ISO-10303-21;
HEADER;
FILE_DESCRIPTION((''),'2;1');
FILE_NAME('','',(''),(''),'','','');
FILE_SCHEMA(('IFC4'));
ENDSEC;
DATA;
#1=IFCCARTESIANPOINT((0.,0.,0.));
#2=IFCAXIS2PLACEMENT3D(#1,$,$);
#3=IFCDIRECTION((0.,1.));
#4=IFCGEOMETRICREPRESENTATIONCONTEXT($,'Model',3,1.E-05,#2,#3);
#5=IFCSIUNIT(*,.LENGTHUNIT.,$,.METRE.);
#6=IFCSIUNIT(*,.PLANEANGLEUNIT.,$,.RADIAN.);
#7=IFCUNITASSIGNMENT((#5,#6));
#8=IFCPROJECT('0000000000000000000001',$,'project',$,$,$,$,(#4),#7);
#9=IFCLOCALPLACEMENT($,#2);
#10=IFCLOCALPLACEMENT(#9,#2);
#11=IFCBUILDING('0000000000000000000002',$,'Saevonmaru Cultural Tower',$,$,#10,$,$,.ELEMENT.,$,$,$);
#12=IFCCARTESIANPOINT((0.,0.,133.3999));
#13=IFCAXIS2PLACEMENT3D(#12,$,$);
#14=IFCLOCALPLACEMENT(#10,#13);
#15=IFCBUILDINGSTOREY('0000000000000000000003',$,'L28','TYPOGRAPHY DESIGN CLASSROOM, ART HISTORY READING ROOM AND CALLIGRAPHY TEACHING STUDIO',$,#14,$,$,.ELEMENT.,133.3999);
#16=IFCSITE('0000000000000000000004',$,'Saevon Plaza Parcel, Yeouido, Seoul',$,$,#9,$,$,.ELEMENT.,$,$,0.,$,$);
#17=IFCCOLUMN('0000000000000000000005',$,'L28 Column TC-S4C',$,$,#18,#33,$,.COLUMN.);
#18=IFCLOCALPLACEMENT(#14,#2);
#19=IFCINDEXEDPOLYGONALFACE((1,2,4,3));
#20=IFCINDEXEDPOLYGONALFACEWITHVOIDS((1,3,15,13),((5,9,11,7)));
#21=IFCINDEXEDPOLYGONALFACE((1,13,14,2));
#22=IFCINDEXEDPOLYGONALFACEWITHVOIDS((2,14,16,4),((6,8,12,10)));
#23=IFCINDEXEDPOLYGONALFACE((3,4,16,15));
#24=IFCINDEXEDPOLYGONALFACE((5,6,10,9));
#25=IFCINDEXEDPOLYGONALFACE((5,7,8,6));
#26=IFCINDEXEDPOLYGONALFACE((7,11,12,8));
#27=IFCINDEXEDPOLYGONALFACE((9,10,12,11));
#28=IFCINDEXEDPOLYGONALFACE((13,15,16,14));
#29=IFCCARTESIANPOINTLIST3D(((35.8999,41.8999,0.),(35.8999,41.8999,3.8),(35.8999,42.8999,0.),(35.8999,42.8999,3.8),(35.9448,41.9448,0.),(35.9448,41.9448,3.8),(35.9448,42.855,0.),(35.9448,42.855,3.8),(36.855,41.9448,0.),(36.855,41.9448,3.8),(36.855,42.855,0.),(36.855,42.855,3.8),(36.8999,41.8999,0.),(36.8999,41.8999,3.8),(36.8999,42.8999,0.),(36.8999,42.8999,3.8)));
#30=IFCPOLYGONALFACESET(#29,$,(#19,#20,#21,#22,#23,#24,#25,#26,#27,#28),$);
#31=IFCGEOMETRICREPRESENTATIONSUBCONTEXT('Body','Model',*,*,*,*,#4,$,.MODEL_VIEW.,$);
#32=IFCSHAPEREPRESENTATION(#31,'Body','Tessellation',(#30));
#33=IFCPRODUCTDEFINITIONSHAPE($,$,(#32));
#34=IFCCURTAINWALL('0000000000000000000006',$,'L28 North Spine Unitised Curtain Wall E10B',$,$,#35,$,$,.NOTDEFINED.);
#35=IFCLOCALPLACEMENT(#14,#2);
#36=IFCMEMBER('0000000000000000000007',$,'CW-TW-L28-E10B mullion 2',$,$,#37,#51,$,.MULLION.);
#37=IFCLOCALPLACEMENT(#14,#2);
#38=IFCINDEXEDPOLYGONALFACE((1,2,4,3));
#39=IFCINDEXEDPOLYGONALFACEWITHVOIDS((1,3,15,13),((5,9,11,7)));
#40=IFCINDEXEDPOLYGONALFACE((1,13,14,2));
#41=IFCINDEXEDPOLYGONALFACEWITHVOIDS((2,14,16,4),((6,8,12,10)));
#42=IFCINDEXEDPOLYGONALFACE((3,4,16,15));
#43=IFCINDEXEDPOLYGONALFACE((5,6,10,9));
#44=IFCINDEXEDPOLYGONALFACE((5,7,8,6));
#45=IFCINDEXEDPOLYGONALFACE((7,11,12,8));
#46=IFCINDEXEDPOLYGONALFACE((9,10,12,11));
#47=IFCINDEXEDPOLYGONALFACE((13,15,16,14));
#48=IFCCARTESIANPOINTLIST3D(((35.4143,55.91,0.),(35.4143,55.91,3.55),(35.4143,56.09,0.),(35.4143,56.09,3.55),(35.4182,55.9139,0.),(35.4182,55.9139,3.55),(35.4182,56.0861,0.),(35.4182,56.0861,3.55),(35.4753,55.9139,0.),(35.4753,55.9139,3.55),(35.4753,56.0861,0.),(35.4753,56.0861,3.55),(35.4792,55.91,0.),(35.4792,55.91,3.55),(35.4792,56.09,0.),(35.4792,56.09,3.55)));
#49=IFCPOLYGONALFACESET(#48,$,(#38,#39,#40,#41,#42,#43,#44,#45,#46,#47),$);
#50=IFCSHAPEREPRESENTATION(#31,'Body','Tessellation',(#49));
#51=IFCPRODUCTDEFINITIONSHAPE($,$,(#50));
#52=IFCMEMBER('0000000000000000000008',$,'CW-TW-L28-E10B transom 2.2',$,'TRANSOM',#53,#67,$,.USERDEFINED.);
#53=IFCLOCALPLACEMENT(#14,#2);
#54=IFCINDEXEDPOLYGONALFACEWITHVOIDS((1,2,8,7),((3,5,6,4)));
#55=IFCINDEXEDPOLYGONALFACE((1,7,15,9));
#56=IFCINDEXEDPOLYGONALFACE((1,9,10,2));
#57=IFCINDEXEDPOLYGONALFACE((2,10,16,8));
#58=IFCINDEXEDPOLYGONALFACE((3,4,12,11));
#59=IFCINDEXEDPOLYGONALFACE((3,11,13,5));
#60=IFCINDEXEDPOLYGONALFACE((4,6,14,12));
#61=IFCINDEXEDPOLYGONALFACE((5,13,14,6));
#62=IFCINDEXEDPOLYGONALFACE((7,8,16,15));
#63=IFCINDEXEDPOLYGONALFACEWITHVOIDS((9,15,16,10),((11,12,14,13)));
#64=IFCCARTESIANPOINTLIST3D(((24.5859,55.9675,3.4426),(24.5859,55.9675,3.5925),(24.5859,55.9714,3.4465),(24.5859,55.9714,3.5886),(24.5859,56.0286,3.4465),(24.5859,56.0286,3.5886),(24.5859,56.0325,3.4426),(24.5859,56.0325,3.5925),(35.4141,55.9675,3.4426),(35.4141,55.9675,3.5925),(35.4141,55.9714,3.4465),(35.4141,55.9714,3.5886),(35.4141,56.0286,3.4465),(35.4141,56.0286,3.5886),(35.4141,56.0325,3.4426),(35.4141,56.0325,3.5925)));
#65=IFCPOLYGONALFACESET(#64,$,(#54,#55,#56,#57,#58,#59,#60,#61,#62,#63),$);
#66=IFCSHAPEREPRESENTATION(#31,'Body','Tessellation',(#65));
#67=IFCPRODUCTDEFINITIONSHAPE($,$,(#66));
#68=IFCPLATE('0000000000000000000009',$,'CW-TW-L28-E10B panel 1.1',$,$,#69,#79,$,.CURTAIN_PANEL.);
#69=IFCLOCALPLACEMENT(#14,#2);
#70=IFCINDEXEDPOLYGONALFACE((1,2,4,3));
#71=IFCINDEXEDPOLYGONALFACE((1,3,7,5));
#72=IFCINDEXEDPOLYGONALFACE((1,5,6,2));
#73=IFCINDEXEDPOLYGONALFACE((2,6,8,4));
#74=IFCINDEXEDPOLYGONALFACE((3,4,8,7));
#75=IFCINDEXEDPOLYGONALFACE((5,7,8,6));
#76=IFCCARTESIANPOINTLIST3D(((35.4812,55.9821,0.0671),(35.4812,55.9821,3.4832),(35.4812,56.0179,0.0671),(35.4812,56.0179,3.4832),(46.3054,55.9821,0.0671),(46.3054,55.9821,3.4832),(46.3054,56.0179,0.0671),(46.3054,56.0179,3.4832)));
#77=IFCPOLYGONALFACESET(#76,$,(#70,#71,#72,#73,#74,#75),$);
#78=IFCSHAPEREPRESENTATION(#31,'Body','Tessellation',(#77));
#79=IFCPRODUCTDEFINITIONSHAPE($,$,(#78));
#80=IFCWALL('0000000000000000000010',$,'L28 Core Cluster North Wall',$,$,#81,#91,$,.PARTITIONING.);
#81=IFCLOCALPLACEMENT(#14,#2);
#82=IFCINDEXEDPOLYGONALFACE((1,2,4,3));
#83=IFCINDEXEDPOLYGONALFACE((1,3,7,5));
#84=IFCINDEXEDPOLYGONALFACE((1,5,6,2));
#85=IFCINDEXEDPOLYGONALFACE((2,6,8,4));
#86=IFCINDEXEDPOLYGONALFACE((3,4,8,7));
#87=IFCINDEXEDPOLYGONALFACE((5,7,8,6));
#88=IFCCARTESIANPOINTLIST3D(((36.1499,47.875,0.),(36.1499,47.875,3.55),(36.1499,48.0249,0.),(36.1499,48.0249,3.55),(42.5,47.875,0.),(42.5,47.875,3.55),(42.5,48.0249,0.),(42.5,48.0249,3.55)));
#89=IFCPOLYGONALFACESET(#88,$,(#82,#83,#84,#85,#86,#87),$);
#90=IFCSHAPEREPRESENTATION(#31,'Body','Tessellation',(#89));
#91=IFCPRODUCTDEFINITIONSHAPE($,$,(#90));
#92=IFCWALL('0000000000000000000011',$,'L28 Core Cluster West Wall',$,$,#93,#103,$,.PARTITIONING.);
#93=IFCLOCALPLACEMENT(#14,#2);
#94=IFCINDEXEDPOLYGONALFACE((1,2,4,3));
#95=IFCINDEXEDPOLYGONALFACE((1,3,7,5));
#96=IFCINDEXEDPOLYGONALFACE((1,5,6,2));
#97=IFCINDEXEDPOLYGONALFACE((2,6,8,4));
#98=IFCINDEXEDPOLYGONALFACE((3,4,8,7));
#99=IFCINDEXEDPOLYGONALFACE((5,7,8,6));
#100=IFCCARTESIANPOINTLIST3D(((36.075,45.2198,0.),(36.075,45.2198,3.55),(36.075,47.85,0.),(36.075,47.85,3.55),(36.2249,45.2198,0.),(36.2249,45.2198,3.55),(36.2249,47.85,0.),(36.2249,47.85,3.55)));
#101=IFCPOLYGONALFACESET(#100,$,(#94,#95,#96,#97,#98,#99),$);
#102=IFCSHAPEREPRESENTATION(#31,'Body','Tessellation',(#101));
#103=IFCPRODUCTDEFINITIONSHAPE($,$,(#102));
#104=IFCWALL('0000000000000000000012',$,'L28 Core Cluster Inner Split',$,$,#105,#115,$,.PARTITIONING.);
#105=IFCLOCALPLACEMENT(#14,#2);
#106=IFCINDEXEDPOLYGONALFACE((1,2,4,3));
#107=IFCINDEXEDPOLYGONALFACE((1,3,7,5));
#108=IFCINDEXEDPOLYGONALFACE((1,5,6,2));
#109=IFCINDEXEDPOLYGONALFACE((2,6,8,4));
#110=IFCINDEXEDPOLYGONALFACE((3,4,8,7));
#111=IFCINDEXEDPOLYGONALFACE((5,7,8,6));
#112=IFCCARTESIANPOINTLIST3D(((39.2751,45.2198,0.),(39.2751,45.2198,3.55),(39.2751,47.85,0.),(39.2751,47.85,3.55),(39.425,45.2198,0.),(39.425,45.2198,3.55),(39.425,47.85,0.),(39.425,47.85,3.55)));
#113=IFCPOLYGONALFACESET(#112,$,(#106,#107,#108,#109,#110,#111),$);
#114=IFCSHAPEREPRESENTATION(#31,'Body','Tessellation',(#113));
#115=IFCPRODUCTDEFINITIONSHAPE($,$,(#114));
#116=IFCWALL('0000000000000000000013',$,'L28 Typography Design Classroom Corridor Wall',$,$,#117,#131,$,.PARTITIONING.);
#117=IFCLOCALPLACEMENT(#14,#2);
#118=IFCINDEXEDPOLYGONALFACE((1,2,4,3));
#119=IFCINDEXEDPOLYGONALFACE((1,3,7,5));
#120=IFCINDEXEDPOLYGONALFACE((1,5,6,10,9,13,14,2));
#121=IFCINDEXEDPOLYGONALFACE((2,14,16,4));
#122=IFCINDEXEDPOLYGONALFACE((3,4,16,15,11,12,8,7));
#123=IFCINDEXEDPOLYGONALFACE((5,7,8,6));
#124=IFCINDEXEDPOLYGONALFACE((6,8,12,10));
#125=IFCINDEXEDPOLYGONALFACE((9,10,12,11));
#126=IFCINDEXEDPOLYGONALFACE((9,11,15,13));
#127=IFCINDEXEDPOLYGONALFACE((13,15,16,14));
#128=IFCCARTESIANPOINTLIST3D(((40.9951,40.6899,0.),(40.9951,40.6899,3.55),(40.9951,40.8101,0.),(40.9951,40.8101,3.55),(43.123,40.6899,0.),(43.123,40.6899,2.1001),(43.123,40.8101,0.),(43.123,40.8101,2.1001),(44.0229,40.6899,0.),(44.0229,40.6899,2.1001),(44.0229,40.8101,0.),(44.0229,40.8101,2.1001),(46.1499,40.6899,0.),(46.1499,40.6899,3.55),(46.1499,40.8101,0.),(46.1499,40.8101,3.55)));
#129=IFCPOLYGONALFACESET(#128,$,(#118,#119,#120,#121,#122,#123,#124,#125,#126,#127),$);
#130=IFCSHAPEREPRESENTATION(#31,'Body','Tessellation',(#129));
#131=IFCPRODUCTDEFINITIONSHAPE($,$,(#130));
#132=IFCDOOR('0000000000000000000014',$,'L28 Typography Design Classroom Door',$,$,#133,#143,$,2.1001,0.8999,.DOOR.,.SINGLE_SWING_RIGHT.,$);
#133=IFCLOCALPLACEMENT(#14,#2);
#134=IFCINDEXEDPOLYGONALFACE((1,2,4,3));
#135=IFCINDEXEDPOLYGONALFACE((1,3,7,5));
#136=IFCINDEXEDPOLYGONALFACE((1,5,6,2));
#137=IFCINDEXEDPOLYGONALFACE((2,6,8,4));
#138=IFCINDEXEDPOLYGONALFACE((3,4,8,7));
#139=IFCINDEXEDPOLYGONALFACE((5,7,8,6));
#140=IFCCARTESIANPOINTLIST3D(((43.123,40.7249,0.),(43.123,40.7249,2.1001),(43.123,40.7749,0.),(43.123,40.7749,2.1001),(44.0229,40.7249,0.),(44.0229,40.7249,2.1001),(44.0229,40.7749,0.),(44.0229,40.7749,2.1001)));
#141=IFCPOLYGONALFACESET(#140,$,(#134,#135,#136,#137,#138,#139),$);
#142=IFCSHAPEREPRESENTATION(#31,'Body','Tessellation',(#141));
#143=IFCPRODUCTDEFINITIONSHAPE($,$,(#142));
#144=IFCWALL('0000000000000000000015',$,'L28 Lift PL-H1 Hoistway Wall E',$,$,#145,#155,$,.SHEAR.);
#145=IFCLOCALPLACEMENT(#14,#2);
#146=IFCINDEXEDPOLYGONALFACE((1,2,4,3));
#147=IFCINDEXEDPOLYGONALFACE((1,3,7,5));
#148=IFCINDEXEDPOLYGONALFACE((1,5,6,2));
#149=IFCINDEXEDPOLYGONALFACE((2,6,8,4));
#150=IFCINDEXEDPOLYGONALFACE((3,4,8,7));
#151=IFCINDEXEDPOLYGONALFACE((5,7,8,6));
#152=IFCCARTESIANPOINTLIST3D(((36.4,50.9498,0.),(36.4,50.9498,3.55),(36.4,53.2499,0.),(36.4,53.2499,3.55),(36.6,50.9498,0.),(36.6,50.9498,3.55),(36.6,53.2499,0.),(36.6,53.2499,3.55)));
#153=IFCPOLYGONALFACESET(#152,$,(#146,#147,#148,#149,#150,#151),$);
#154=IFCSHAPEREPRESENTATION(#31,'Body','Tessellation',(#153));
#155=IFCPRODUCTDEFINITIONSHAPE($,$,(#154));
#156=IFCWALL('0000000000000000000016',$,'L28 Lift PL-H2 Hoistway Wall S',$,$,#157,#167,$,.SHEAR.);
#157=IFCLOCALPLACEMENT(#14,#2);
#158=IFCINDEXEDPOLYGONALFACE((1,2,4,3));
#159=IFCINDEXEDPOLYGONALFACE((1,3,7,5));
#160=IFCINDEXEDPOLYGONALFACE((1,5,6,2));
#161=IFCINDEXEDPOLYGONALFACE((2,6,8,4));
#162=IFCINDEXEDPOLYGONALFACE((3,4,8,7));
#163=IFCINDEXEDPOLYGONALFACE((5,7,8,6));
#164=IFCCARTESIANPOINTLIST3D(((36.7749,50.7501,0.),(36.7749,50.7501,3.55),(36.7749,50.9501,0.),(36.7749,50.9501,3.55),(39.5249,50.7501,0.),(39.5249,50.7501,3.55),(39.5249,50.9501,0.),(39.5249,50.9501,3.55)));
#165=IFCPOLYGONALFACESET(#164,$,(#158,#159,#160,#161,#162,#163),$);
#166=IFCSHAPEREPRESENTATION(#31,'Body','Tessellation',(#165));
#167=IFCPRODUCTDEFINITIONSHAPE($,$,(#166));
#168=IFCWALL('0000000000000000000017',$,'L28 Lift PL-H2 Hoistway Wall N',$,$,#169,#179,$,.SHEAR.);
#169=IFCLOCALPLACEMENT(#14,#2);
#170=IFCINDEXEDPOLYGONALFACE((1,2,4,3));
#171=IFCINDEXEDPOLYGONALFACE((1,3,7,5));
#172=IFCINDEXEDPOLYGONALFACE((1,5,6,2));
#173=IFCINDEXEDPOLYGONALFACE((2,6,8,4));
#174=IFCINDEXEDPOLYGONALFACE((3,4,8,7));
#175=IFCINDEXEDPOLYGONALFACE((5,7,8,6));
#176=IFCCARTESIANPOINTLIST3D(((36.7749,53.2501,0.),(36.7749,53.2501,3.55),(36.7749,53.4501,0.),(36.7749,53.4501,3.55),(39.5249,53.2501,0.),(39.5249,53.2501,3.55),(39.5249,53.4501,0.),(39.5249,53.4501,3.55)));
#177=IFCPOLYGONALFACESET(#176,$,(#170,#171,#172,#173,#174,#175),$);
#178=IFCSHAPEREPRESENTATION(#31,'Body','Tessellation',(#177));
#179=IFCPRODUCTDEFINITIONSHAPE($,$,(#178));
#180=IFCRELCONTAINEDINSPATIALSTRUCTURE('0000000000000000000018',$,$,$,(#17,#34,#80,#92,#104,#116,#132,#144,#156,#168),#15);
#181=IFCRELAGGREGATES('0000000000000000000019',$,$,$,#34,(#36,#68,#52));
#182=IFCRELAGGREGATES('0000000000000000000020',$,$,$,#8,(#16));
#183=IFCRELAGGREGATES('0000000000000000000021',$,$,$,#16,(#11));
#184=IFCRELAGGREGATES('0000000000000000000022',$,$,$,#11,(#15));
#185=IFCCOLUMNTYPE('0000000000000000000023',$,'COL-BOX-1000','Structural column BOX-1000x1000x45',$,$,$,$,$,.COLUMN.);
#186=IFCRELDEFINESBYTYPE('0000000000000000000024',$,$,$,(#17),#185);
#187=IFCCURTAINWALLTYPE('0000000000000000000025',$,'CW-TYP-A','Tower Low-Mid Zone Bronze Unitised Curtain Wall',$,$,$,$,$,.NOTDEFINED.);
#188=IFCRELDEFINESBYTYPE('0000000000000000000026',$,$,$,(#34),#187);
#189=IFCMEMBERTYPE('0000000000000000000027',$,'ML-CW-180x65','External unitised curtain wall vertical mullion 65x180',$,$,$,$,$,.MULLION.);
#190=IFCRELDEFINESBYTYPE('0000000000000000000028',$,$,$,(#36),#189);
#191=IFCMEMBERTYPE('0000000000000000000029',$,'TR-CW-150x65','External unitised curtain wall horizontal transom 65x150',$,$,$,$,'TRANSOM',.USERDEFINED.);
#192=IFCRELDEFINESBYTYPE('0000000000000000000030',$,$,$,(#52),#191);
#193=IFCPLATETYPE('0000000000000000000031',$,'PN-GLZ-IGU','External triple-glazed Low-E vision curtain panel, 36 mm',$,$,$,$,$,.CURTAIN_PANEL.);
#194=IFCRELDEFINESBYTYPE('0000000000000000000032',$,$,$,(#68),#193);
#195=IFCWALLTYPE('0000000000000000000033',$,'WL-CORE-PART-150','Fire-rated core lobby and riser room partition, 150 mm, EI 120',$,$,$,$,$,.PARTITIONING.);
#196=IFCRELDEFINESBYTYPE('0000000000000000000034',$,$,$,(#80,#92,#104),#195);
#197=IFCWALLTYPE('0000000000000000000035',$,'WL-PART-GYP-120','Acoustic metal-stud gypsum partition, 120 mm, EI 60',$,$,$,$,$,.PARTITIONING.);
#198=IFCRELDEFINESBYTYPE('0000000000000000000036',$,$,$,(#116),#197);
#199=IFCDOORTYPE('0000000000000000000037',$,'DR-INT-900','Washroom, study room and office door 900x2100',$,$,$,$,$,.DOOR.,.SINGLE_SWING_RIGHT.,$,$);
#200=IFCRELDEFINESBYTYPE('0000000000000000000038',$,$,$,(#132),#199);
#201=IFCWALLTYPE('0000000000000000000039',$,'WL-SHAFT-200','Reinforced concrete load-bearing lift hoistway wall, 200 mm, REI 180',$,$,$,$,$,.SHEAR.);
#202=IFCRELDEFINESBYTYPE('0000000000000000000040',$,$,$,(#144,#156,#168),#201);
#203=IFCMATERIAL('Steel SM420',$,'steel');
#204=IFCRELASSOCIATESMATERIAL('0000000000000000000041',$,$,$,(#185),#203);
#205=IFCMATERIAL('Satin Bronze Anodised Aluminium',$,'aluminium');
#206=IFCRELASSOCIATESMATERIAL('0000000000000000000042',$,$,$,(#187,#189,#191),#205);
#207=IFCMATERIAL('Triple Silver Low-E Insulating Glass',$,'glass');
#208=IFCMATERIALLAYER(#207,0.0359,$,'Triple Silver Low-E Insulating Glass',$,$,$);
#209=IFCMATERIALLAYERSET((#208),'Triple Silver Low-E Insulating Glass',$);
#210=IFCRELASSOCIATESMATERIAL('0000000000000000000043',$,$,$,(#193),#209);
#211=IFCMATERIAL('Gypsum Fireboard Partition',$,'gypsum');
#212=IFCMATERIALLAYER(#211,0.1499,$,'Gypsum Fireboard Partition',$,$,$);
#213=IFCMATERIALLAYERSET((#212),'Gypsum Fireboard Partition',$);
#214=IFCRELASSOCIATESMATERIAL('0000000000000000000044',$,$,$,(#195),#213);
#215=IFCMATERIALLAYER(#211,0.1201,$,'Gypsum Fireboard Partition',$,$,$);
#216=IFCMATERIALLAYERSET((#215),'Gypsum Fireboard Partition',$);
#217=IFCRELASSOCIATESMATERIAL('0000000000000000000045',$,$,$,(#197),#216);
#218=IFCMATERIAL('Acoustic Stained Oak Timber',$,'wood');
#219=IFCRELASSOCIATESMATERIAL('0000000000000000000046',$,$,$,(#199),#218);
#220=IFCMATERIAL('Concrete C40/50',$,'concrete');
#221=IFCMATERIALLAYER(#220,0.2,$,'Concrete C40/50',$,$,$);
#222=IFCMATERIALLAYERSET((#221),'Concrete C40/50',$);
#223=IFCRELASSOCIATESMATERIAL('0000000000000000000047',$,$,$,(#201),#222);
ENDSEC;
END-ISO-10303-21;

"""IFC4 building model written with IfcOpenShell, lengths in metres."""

from ifc_helpers import new_model, si_unit, direction, frame, frame_2d, origin, origin_2d, place, context, subcontext, project, spatial, rectangle, hollow_rectangle, extrude, material, layer, layer_set, material_profile, profile_set, type_object, element, fill, aggregate, save


model = new_model("IFC4")

# Units and contexts
model_context = context("Model", 3, precision=1e-05, world=origin(), true_north=direction((0.0, 1.0)))
body_context = subcontext(model_context, "Body", "Model", "MODEL_VIEW")
ifc_project = project(units=[si_unit("LENGTHUNIT", "METRE"), si_unit("PLANEANGLEUNIT", "RADIAN")], contexts=[model_context])

# Site, building, storey
site_placement = place(None, origin())
site = spatial("IfcSite", under=ifc_project, at=site_placement, Name="Saevon Plaza Parcel, Yeouido, Seoul", CompositionType="ELEMENT", RefElevation=0.0)
building_placement = place(site_placement, origin())
building = spatial("IfcBuilding", under=site, at=building_placement, Name="Saevonmaru Cultural Tower", CompositionType="ELEMENT")
storey_placement = place(building_placement, frame((0.0, 0.0, 133.3999)))
storey = spatial("IfcBuildingStorey", under=building, at=storey_placement, Name="L28", Description="TYPOGRAPHY DESIGN CLASSROOM, ART HISTORY READING ROOM AND CALLIGRAPHY TEACHING STUDIO", CompositionType="ELEMENT", Elevation=133.3999)

# Column
ifc_material_1 = material(Name="Steel SM420", Category="steel")
ifc_material_profile_1 = material_profile(ifc_material_1, hollow_rectangle(XDim=1.0, YDim=1.0, WallThickness=0.0449, at=origin_2d()), Name="BOX-1000x1000x45")
ifc_profile_set_1 = profile_set([ifc_material_profile_1], Name="Steel SM420")
column_type = type_object("IfcColumnType", Name="COL-BOX-1000", Description="Structural column BOX-1000x1000x45", PredefinedType="COLUMN", material=ifc_profile_set_1)
column_placement = place(storey_placement, frame((36.3999, 42.3999, 0.0), z_axis=(0.0, 0.0, 1.0), x_axis=(1.0, 0.0, 0.0)))
element("IfcColumn", 1, at=column_placement, inside=storey, type_object=column_type, Name="L28 Column TC-S4C", PredefinedType="COLUMN", context=body_context, shape_type="SweptSolid", body=[
    extrude(hollow_rectangle(XDim=1.0, YDim=1.0, WallThickness=0.0449, at=origin_2d()), origin(), (0.0, 0.0, 1.0), 3.8),
])

# Curtain wall, members, plate
ifc_material_2 = material(Name="Satin Bronze Anodised Aluminium", Category="aluminium")
curtain_wall_type = type_object("IfcCurtainWallType", Name="CW-TYP-A", Description="Tower Low-Mid Zone Bronze Unitised Curtain Wall", PredefinedType="NOTDEFINED", material=ifc_material_2)
curtain_wall_placement = place(storey_placement, origin())
curtain_wall = element("IfcCurtainWall", 2, at=curtain_wall_placement, inside=storey, type_object=curtain_wall_type, Name="L28 North Spine Unitised Curtain Wall E10B", PredefinedType="NOTDEFINED")
ifc_material_profile_2 = material_profile(ifc_material_2, hollow_rectangle(XDim=0.0649, YDim=0.1799, WallThickness=0.0039, at=origin_2d()), Name="ALU-MULL-180x65x4")
ifc_profile_set_2 = profile_set([ifc_material_profile_2], Name="Satin Bronze Anodised Aluminium")
member_type_1 = type_object("IfcMemberType", Name="ML-CW-180x65", Description="External unitised curtain wall vertical mullion 65x180", PredefinedType="MULLION", material=ifc_profile_set_2)
member_1_placement = place(storey_placement, frame((35.4468, 56.0, 0.0), z_axis=(0.0, 0.0, 1.0), x_axis=(-1.0, 0.0, 0.0)))
member_1 = element("IfcMember", 3, at=member_1_placement, type_object=member_type_1, Name="CW-TW-L28-E10B mullion 2", PredefinedType="MULLION", context=body_context, shape_type="SweptSolid", body=[
    extrude(hollow_rectangle(XDim=0.0649, YDim=0.1799, WallThickness=0.0039, at=origin_2d()), origin(), (0.0, 0.0, 1.0), 3.55),
])
ifc_material_profile_3 = material_profile(ifc_material_2, hollow_rectangle(XDim=0.0649, YDim=0.1499, WallThickness=0.0039, at=origin_2d()), Name="ALU-TRAN-150x65x4")
ifc_profile_set_3 = profile_set([ifc_material_profile_3], Name="Satin Bronze Anodised Aluminium")
member_type_2 = type_object("IfcMemberType", Name="TR-CW-150x65", Description="External unitised curtain wall horizontal transom 65x150", ElementType="TRANSOM", PredefinedType="USERDEFINED", material=ifc_profile_set_3)
member_2_placement = place(storey_placement, frame((35.4141, 56.0, 3.5176), z_axis=(-1.0, 0.0, 0.0), x_axis=(0.0, -1.0, 0.0)))
member_2 = element("IfcMember", 4, at=member_2_placement, type_object=member_type_2, Name="CW-TW-L28-E10B transom 2.2", ObjectType="TRANSOM", PredefinedType="USERDEFINED", context=body_context, shape_type="SweptSolid", body=[
    extrude(hollow_rectangle(XDim=0.0649, YDim=0.1499, WallThickness=0.0039, at=origin_2d()), origin(), (0.0, 0.0, 1.0), 10.8281),
])
ifc_material_3 = material(Name="Triple Silver Low-E Insulating Glass", Category="glass")
ifc_layer_1 = layer(ifc_material_3, 0.0359, Name="Triple Silver Low-E Insulating Glass")
ifc_layer_set_1 = layer_set([ifc_layer_1], Name="Triple Silver Low-E Insulating Glass")
plate_type = type_object("IfcPlateType", Name="PN-GLZ-IGU", Description="External triple-glazed Low-E vision curtain panel, 36 mm", PredefinedType="CURTAIN_PANEL", material=ifc_layer_set_1)
plate_placement = place(storey_placement, frame((40.8933, 56.0, 0.0671), z_axis=(0.0, 0.0, 1.0), x_axis=(-1.0, 0.0, 0.0)))
plate = element("IfcPlate", 5, at=plate_placement, type_object=plate_type, Name="CW-TW-L28-E10B panel 1.1", PredefinedType="CURTAIN_PANEL", context=body_context, shape_type="SweptSolid", body=[
    extrude(rectangle(XDim=10.8242, YDim=0.0359, at=origin_2d()), origin(), (0.0, 0.0, 1.0), 3.416),
])
aggregate(curtain_wall, [member_1, plate, member_2])

# Shared definitions
ifc_material_4 = material(Name="Gypsum Fireboard Partition", Category="gypsum")
ifc_layer_2 = layer(ifc_material_4, 0.1499, Name="Gypsum Fireboard Partition")
ifc_layer_set_2 = layer_set([ifc_layer_2], Name="Gypsum Fireboard Partition")
wall_type_1 = type_object("IfcWallType", Name="WL-CORE-PART-150", Description="Fire-rated core lobby and riser room partition, 150 mm, EI 120", PredefinedType="PARTITIONING", material=ifc_layer_set_2)

# Walls
wall_1_placement = place(storey_placement, frame((36.1499, 47.95, 0.0), z_axis=(0.0, 0.0, 1.0), x_axis=(1.0, 0.0, 0.0)))
element("IfcWall", 6, at=wall_1_placement, inside=storey, type_object=wall_type_1, Name="L28 Core Cluster North Wall", PredefinedType="PARTITIONING", context=body_context, shape_type="SweptSolid", body=[
    extrude(rectangle(XDim=6.3501, YDim=0.1499, at=frame_2d((3.175, 0.0))), origin(), (0.0, 0.0, 1.0), 3.55),
])
for number, where, z_axis, x_axis, name in (
    (7, (36.1499, 45.22, 0.0), (0.0, 0.0, 1.0), (0.0, 1.0, 0.0), "L28 Core Cluster West Wall"),
    (8, (39.3501, 45.22, 0.0), (0.0, 0.0, 1.0), (0.0, 1.0, 0.0), "L28 Core Cluster Inner Split"),
):
    element("IfcWall", number, at=place(storey_placement, frame(where, z_axis=z_axis, x_axis=x_axis)), inside=storey, type_object=wall_type_1, Name=name, PredefinedType="PARTITIONING", context=body_context, shape_type="SweptSolid", body=[
        extrude(rectangle(XDim=2.6301, YDim=0.1499, at=frame_2d((1.3149, 0.0))), origin(), (0.0, 0.0, 1.0), 3.55),
    ])

# Wall, opening, door
ifc_layer_3 = layer(ifc_material_4, 0.1201, Name="Gypsum Fireboard Partition")
ifc_layer_set_3 = layer_set([ifc_layer_3], Name="Gypsum Fireboard Partition")
wall_type_2 = type_object("IfcWallType", Name="WL-PART-GYP-120", Description="Acoustic metal-stud gypsum partition, 120 mm, EI 60", PredefinedType="PARTITIONING", material=ifc_layer_set_3)
wall_2_placement = place(storey_placement, frame((40.9951, 40.75, 0.0), z_axis=(0.0, 0.0, 1.0), x_axis=(1.0, 0.0, 0.0)))
wall_2 = element("IfcWall", 9, at=wall_2_placement, inside=storey, type_object=wall_type_2, Name="L28 Typography Design Classroom Corridor Wall", PredefinedType="PARTITIONING", context=body_context, shape_type="SweptSolid", body=[
    extrude(rectangle(XDim=5.1548, YDim=0.1201, at=frame_2d((2.5774, 0.0))), origin(), (0.0, 0.0, 1.0), 3.55),
])
opening_1_placement = place(wall_2_placement, frame((2.1279, 0.0, 0.0)))
opening_1 = element("IfcOpeningElement", 10, at=opening_1_placement, cuts=wall_2, PredefinedType="OPENING", context=body_context, shape_type="SweptSolid", body=[
    extrude(rectangle(XDim=0.8999, YDim=2.1001, at=frame_2d((0.45, 1.05))), frame((0.0, 0.0701, 0.0), z_axis=(0.0, -1.0, 0.0), x_axis=(1.0, 0.0, 0.0)), (0.0, 0.0, 1.0), 0.1401),
])
ifc_material_5 = material(Name="Acoustic Stained Oak Timber", Category="wood")
door_type_1 = type_object("IfcDoorType", Name="DR-INT-900", Description="Washroom, study room and office door 900x2100", OperationType="SINGLE_SWING_RIGHT", PredefinedType="DOOR", material=ifc_material_5)
door_1_placement = place(opening_1_placement, origin())
door_1 = element("IfcDoor", 11, at=door_1_placement, inside=storey, type_object=door_type_1, Name="L28 Typography Design Classroom Door", OperationType="SINGLE_SWING_RIGHT", OverallHeight=2.1001, OverallWidth=0.8999, PredefinedType="DOOR", context=body_context, shape_type="SweptSolid", body=[
    extrude(rectangle(XDim=0.8999, YDim=2.1001, at=frame_2d((0.45, 1.05))), frame((0.0, 0.0249, 0.0), z_axis=(0.0, -1.0, 0.0), x_axis=(1.0, 0.0, 0.0)), (0.0, 0.0, 1.0), 0.05),
])
fill(opening_1, door_1)

# Walls
ifc_material_6 = material(Name="Concrete C40/50", Category="concrete")
ifc_layer_4 = layer(ifc_material_6, 0.2, Name="Concrete C40/50")
ifc_layer_set_4 = layer_set([ifc_layer_4], Name="Concrete C40/50")
wall_type_3 = type_object("IfcWallType", Name="WL-SHAFT-200", Description="Reinforced concrete load-bearing lift hoistway wall, 200 mm, REI 180", PredefinedType="SHEAR", material=ifc_layer_set_4)
wall_3_placement = place(storey_placement, frame((36.5, 50.95, 0.0), z_axis=(0.0, 0.0, 1.0), x_axis=(0.0, 1.0, 0.0)))
element("IfcWall", 12, at=wall_3_placement, inside=storey, type_object=wall_type_3, Name="L28 Lift PL-H1 Hoistway Wall E", PredefinedType="SHEAR", context=body_context, shape_type="SweptSolid", body=[
    extrude(rectangle(XDim=2.3, YDim=0.2, at=frame_2d((1.1499, 0.0))), origin(), (0.0, 0.0, 1.0), 3.55),
])
for number, where, z_axis, x_axis, name in (
    (13, (36.7749, 50.8501, 0.0), (0.0, 0.0, 1.0), (1.0, 0.0, 0.0), "L28 Lift PL-H2 Hoistway Wall S"),
    (14, (36.7749, 53.3501, 0.0), (0.0, 0.0, 1.0), (1.0, 0.0, 0.0), "L28 Lift PL-H2 Hoistway Wall N"),
):
    element("IfcWall", number, at=place(storey_placement, frame(where, z_axis=z_axis, x_axis=x_axis)), inside=storey, type_object=wall_type_3, Name=name, PredefinedType="SHEAR", context=body_context, shape_type="SweptSolid", body=[
        extrude(rectangle(XDim=2.75, YDim=0.2, at=frame_2d((1.375, 0.0))), origin(), (0.0, 0.0, 1.0), 3.55),
    ])

save(model, "model.ifc")
